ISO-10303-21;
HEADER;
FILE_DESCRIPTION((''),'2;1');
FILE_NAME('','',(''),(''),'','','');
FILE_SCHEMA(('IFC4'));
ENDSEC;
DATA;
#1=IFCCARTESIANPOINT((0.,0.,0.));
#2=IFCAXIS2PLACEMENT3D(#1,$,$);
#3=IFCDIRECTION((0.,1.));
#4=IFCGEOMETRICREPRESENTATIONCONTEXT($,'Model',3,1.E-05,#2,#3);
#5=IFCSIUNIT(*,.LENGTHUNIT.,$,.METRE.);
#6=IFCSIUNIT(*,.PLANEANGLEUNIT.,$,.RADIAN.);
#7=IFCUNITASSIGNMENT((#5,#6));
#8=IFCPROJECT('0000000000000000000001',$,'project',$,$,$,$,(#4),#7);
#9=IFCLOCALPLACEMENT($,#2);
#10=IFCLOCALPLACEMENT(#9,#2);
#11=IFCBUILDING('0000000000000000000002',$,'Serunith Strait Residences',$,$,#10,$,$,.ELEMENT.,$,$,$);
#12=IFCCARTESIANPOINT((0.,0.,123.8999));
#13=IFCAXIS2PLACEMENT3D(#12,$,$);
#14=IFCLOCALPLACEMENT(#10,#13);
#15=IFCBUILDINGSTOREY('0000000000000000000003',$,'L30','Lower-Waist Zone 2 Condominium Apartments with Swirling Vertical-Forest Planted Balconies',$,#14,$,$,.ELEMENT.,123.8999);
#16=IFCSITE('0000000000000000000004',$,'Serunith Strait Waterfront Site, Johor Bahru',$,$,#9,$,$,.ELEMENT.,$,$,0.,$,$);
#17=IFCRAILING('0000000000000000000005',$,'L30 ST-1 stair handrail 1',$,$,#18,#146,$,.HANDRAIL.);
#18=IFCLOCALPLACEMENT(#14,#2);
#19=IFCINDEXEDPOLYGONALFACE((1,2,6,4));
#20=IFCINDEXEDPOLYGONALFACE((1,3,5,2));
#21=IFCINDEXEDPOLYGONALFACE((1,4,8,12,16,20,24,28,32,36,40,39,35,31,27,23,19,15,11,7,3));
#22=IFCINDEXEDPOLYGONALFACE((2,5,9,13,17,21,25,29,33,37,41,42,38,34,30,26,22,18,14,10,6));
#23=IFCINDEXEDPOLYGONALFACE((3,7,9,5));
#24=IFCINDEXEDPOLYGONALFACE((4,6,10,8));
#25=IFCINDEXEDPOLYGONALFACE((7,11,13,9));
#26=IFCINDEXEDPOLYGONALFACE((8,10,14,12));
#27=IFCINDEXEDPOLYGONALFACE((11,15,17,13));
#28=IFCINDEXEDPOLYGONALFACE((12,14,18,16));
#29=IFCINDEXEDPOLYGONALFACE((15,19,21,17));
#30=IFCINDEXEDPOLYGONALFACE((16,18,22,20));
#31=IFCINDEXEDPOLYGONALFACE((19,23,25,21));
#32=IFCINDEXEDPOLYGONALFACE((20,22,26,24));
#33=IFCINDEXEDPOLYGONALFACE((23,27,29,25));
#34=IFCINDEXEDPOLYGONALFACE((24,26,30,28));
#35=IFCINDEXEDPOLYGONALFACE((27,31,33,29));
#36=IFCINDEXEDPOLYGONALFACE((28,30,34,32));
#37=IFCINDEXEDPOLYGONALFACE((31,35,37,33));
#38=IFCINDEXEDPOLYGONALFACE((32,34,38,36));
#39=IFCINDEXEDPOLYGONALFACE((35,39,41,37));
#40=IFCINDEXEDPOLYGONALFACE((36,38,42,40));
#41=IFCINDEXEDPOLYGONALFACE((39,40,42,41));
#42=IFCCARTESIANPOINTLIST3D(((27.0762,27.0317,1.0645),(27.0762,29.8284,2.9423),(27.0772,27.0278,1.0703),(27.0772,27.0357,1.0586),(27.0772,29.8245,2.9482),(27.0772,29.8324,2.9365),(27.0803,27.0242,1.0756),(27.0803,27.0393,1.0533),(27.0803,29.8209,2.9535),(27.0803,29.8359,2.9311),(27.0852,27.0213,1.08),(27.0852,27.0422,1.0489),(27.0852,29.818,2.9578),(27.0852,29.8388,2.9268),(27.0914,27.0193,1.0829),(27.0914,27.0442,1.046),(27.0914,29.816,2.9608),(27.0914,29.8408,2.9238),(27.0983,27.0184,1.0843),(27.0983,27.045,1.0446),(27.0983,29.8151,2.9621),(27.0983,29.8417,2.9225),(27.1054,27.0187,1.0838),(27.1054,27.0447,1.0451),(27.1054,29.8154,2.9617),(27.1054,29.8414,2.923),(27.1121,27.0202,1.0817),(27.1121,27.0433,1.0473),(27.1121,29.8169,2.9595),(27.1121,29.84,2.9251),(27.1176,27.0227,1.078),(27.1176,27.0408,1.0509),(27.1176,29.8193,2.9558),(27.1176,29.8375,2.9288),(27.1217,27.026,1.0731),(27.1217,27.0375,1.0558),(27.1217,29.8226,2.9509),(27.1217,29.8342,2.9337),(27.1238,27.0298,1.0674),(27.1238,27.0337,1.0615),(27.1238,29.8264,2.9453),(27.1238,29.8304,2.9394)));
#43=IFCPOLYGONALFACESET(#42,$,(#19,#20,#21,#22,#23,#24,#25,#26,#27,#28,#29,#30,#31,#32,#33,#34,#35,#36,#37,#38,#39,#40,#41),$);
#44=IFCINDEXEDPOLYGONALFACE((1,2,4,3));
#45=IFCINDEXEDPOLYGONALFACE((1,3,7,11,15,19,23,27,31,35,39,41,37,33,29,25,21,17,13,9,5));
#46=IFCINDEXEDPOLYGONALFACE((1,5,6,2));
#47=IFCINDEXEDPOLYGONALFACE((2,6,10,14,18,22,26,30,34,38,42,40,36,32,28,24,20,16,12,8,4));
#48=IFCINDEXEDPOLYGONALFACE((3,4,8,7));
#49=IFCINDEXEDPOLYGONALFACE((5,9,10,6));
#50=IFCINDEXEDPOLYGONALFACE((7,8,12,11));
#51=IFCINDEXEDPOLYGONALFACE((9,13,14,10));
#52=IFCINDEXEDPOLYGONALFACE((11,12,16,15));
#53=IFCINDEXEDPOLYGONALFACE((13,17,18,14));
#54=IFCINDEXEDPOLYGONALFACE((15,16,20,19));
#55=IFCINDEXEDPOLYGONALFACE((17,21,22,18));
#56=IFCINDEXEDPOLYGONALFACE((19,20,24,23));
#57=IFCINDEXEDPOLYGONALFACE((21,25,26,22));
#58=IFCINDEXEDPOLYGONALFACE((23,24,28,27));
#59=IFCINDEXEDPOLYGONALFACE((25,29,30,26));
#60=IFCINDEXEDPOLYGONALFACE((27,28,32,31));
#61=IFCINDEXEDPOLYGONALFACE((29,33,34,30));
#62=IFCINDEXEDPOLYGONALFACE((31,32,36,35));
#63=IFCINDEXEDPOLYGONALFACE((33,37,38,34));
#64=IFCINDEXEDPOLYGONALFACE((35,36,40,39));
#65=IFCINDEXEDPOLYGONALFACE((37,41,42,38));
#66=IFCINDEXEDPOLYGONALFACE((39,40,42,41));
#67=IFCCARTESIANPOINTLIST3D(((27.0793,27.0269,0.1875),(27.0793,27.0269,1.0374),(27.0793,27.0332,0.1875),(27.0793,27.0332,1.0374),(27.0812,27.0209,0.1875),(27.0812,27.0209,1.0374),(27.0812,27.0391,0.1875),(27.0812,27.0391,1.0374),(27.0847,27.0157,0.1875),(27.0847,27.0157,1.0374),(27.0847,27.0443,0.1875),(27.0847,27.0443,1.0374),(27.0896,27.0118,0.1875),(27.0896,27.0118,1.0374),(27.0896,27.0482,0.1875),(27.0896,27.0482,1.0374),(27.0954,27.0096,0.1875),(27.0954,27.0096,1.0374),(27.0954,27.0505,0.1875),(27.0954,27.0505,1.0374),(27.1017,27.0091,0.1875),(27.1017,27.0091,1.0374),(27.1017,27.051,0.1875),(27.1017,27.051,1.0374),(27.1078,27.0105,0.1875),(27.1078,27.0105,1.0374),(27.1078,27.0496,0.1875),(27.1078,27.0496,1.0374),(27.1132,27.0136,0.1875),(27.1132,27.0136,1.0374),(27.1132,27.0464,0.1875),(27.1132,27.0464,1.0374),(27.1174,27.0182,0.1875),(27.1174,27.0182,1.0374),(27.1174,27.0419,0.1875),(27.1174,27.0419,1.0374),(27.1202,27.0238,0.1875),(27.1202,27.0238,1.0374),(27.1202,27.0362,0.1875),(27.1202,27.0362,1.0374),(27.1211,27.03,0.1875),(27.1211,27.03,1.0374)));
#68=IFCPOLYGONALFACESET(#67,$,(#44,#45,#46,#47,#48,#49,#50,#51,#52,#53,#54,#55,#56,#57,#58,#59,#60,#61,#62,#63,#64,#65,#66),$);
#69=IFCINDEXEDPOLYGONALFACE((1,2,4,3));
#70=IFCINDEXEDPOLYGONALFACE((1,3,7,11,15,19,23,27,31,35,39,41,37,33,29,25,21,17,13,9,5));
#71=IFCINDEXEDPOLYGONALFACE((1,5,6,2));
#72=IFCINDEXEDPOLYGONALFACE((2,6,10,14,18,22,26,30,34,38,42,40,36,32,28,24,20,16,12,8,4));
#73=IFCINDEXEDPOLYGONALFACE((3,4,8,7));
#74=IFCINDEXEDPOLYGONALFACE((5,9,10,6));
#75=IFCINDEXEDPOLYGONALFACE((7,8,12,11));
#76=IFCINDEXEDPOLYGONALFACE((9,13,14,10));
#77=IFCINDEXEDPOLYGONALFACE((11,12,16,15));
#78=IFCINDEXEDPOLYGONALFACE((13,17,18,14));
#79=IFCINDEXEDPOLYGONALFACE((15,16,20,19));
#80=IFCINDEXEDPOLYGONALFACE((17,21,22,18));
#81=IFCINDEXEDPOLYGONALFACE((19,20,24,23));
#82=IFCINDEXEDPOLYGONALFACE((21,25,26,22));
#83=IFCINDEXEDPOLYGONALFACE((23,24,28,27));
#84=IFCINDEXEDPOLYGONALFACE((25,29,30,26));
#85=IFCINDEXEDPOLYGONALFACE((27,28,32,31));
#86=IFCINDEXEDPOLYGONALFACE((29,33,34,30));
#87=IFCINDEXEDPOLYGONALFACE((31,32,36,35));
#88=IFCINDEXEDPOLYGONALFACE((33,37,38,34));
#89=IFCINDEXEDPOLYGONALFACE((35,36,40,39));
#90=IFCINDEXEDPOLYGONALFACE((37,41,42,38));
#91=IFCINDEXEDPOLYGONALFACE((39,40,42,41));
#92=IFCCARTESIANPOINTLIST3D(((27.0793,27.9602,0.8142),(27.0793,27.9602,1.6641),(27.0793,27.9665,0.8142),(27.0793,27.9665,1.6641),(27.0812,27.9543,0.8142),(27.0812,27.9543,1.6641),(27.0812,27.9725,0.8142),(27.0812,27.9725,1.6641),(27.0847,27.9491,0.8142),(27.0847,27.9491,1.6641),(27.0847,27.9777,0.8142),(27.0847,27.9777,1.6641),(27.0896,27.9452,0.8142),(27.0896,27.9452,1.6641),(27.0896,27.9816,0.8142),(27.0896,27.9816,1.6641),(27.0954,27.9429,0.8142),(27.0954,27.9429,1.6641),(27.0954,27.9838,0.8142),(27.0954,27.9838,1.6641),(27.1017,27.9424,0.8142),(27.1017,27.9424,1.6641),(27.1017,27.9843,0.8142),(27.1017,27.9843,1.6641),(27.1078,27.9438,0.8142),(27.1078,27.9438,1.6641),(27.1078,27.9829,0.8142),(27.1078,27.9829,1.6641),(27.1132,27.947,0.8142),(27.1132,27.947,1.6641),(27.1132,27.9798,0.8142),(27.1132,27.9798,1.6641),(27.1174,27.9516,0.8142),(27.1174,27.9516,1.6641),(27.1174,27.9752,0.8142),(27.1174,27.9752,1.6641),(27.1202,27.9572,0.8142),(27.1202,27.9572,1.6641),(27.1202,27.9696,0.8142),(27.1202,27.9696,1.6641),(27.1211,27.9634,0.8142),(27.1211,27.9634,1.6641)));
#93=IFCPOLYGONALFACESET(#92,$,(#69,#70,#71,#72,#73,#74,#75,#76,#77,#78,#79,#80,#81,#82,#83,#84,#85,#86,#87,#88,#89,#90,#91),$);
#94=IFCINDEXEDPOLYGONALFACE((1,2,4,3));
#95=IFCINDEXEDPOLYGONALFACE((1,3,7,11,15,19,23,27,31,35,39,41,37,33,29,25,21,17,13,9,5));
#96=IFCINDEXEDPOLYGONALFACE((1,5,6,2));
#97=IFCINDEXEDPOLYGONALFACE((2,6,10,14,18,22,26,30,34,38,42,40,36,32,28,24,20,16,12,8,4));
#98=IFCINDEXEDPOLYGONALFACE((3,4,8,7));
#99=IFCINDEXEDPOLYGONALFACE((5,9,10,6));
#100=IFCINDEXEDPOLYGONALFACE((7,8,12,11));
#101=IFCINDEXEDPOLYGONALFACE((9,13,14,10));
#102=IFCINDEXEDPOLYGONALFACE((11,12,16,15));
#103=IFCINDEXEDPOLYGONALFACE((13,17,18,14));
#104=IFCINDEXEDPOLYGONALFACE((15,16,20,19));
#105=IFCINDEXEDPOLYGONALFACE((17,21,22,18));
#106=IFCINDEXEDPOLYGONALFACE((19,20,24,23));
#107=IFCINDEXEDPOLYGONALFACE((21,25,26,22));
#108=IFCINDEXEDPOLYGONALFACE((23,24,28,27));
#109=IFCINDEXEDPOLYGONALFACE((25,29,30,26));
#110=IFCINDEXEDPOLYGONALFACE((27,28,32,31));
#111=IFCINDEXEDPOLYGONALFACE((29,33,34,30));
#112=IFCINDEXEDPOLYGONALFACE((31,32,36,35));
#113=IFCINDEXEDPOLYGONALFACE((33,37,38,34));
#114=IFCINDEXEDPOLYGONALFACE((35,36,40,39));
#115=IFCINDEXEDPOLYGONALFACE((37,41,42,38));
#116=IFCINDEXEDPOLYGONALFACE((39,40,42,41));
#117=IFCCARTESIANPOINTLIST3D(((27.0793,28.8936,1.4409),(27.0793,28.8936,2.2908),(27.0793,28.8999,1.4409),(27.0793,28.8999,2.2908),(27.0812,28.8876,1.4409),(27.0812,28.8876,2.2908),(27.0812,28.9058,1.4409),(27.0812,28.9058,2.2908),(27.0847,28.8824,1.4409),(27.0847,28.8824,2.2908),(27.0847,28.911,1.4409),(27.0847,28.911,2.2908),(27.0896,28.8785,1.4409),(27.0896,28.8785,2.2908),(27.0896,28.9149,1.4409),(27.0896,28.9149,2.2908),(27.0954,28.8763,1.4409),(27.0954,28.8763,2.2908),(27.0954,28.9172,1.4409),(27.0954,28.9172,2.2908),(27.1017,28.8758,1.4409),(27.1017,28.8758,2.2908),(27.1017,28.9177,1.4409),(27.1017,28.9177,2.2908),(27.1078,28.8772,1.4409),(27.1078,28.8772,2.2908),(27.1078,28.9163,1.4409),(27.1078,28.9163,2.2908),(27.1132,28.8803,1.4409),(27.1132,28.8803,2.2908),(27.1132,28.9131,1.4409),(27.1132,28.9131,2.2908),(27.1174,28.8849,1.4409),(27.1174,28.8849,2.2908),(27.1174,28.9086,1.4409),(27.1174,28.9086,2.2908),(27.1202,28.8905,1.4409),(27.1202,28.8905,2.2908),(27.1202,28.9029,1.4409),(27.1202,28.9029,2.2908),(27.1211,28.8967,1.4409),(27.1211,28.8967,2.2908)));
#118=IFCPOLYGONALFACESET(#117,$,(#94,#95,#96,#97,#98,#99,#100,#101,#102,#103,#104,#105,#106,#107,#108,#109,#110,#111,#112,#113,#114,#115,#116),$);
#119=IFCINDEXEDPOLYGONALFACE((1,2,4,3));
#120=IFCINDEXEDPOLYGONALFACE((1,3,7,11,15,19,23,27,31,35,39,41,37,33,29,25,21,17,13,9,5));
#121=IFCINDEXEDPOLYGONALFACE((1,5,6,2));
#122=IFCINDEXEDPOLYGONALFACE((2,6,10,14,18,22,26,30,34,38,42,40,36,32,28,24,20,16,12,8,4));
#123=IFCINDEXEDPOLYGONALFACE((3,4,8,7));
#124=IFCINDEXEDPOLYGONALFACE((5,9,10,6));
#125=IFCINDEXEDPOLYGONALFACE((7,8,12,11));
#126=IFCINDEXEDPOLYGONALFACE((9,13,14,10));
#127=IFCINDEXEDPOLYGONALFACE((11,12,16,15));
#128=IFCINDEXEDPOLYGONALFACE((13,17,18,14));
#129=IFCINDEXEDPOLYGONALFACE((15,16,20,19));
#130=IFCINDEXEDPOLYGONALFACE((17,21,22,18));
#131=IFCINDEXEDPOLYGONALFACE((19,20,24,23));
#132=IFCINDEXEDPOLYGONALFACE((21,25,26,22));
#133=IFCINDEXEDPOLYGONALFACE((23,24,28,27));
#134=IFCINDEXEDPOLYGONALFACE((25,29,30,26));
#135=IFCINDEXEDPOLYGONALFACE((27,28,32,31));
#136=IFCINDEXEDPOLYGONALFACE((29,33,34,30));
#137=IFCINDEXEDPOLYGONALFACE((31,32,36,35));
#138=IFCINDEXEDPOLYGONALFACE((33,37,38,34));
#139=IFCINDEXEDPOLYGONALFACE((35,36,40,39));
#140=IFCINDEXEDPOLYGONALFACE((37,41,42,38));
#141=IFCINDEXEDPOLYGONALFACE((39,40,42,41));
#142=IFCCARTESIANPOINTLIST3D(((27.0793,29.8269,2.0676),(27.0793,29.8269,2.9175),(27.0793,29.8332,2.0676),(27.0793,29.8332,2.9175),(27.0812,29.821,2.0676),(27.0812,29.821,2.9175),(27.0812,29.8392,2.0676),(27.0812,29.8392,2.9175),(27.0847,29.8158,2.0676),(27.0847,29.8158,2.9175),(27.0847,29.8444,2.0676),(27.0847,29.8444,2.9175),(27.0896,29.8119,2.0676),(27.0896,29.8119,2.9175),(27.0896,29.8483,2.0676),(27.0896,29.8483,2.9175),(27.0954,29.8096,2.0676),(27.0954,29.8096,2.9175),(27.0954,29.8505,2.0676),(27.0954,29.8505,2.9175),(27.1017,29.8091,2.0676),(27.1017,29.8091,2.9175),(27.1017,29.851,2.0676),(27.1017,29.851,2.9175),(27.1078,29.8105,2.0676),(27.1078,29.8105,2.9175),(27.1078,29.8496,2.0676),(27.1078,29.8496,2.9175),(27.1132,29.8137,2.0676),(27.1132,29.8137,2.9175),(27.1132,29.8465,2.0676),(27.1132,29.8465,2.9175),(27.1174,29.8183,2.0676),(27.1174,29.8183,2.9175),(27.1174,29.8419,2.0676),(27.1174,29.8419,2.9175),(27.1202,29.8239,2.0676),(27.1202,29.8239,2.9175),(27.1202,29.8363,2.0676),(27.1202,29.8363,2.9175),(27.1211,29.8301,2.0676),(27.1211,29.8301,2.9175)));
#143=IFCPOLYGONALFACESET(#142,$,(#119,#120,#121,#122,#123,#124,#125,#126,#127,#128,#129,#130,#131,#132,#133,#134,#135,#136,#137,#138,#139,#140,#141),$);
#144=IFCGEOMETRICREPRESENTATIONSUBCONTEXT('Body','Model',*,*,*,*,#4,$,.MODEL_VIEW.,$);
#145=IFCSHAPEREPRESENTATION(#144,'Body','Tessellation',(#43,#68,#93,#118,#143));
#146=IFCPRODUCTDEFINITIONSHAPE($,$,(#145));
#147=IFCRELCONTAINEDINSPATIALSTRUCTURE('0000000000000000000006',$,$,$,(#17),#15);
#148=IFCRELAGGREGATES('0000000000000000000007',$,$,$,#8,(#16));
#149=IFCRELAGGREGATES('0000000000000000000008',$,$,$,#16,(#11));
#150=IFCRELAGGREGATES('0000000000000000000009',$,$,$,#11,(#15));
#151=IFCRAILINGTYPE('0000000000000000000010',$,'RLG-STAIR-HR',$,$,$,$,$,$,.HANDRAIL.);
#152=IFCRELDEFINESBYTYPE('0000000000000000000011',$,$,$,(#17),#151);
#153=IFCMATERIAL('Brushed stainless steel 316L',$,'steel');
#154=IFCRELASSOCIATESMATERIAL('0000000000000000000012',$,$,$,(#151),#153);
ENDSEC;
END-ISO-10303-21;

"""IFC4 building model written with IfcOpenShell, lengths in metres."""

from ifc_helpers import new_model, si_unit, direction, frame, origin, origin_2d, place, context, subcontext, project, spatial, circle, extrude, material, type_object, element, save


model = new_model("IFC4")

# Units and contexts
model_context = context("Model", 3, precision=1e-05, world=origin(), true_north=direction((0.0, 1.0)))
body_context = subcontext(model_context, "Body", "Model", "MODEL_VIEW")
ifc_project = project(units=[si_unit("LENGTHUNIT", "METRE"), si_unit("PLANEANGLEUNIT", "RADIAN")], contexts=[model_context])

# Site, building, storey
site_placement = place(None, origin())
site = spatial("IfcSite", under=ifc_project, at=site_placement, Name="Serunith Strait Waterfront Site, Johor Bahru", CompositionType="ELEMENT", RefElevation=0.0)
building_placement = place(site_placement, origin())
building = spatial("IfcBuilding", under=site, at=building_placement, Name="Serunith Strait Residences", CompositionType="ELEMENT")
storey_placement = place(building_placement, frame((0.0, 0.0, 123.8999)))
storey = spatial("IfcBuildingStorey", under=building, at=storey_placement, Name="L30", Description="Lower-Waist Zone 2 Condominium Apartments with Swirling Vertical-Forest Planted Balconies", CompositionType="ELEMENT", Elevation=123.8999)

# Railing
ifc_material_1 = material(Name="Brushed stainless steel 316L", Category="steel")
railing_type_1 = type_object("IfcRailingType", Name="RLG-STAIR-HR", PredefinedType="HANDRAIL", material=ifc_material_1)
railing_1_placement = place(storey_placement, frame((27.1001, 27.03, 0.1875)))
element("IfcRailing", 1, at=railing_1_placement, inside=storey, type_object=railing_type_1, Name="L30 ST-1 stair handrail 1", PredefinedType="HANDRAIL", context=body_context, shape_type="SweptSolid", body=[
    extrude(circle(Radius=0.0239, at=origin_2d()), frame((0.0, 0.0017, 0.877), z_axis=(0.0, 0.830208, 0.557453), x_axis=(-1.0, 0.0, 0.0)), (0.0, 0.0, 1.0), 3.3687),
    extrude(circle(Radius=0.021, at=origin_2d()), origin(), (0.0, 0.0, 1.0), 0.8499),
    extrude(circle(Radius=0.021, at=origin_2d()), frame((0.0, 0.9333, 0.6267)), (0.0, 0.0, 1.0), 0.8499),
    extrude(circle(Radius=0.021, at=origin_2d()), frame((0.0, 1.8667, 1.2534)), (0.0, 0.0, 1.0), 0.8499),
    extrude(circle(Radius=0.021, at=origin_2d()), frame((0.0, 2.8, 1.8801)), (0.0, 0.0, 1.0), 0.8499),
])

save(model, "model.ifc")
